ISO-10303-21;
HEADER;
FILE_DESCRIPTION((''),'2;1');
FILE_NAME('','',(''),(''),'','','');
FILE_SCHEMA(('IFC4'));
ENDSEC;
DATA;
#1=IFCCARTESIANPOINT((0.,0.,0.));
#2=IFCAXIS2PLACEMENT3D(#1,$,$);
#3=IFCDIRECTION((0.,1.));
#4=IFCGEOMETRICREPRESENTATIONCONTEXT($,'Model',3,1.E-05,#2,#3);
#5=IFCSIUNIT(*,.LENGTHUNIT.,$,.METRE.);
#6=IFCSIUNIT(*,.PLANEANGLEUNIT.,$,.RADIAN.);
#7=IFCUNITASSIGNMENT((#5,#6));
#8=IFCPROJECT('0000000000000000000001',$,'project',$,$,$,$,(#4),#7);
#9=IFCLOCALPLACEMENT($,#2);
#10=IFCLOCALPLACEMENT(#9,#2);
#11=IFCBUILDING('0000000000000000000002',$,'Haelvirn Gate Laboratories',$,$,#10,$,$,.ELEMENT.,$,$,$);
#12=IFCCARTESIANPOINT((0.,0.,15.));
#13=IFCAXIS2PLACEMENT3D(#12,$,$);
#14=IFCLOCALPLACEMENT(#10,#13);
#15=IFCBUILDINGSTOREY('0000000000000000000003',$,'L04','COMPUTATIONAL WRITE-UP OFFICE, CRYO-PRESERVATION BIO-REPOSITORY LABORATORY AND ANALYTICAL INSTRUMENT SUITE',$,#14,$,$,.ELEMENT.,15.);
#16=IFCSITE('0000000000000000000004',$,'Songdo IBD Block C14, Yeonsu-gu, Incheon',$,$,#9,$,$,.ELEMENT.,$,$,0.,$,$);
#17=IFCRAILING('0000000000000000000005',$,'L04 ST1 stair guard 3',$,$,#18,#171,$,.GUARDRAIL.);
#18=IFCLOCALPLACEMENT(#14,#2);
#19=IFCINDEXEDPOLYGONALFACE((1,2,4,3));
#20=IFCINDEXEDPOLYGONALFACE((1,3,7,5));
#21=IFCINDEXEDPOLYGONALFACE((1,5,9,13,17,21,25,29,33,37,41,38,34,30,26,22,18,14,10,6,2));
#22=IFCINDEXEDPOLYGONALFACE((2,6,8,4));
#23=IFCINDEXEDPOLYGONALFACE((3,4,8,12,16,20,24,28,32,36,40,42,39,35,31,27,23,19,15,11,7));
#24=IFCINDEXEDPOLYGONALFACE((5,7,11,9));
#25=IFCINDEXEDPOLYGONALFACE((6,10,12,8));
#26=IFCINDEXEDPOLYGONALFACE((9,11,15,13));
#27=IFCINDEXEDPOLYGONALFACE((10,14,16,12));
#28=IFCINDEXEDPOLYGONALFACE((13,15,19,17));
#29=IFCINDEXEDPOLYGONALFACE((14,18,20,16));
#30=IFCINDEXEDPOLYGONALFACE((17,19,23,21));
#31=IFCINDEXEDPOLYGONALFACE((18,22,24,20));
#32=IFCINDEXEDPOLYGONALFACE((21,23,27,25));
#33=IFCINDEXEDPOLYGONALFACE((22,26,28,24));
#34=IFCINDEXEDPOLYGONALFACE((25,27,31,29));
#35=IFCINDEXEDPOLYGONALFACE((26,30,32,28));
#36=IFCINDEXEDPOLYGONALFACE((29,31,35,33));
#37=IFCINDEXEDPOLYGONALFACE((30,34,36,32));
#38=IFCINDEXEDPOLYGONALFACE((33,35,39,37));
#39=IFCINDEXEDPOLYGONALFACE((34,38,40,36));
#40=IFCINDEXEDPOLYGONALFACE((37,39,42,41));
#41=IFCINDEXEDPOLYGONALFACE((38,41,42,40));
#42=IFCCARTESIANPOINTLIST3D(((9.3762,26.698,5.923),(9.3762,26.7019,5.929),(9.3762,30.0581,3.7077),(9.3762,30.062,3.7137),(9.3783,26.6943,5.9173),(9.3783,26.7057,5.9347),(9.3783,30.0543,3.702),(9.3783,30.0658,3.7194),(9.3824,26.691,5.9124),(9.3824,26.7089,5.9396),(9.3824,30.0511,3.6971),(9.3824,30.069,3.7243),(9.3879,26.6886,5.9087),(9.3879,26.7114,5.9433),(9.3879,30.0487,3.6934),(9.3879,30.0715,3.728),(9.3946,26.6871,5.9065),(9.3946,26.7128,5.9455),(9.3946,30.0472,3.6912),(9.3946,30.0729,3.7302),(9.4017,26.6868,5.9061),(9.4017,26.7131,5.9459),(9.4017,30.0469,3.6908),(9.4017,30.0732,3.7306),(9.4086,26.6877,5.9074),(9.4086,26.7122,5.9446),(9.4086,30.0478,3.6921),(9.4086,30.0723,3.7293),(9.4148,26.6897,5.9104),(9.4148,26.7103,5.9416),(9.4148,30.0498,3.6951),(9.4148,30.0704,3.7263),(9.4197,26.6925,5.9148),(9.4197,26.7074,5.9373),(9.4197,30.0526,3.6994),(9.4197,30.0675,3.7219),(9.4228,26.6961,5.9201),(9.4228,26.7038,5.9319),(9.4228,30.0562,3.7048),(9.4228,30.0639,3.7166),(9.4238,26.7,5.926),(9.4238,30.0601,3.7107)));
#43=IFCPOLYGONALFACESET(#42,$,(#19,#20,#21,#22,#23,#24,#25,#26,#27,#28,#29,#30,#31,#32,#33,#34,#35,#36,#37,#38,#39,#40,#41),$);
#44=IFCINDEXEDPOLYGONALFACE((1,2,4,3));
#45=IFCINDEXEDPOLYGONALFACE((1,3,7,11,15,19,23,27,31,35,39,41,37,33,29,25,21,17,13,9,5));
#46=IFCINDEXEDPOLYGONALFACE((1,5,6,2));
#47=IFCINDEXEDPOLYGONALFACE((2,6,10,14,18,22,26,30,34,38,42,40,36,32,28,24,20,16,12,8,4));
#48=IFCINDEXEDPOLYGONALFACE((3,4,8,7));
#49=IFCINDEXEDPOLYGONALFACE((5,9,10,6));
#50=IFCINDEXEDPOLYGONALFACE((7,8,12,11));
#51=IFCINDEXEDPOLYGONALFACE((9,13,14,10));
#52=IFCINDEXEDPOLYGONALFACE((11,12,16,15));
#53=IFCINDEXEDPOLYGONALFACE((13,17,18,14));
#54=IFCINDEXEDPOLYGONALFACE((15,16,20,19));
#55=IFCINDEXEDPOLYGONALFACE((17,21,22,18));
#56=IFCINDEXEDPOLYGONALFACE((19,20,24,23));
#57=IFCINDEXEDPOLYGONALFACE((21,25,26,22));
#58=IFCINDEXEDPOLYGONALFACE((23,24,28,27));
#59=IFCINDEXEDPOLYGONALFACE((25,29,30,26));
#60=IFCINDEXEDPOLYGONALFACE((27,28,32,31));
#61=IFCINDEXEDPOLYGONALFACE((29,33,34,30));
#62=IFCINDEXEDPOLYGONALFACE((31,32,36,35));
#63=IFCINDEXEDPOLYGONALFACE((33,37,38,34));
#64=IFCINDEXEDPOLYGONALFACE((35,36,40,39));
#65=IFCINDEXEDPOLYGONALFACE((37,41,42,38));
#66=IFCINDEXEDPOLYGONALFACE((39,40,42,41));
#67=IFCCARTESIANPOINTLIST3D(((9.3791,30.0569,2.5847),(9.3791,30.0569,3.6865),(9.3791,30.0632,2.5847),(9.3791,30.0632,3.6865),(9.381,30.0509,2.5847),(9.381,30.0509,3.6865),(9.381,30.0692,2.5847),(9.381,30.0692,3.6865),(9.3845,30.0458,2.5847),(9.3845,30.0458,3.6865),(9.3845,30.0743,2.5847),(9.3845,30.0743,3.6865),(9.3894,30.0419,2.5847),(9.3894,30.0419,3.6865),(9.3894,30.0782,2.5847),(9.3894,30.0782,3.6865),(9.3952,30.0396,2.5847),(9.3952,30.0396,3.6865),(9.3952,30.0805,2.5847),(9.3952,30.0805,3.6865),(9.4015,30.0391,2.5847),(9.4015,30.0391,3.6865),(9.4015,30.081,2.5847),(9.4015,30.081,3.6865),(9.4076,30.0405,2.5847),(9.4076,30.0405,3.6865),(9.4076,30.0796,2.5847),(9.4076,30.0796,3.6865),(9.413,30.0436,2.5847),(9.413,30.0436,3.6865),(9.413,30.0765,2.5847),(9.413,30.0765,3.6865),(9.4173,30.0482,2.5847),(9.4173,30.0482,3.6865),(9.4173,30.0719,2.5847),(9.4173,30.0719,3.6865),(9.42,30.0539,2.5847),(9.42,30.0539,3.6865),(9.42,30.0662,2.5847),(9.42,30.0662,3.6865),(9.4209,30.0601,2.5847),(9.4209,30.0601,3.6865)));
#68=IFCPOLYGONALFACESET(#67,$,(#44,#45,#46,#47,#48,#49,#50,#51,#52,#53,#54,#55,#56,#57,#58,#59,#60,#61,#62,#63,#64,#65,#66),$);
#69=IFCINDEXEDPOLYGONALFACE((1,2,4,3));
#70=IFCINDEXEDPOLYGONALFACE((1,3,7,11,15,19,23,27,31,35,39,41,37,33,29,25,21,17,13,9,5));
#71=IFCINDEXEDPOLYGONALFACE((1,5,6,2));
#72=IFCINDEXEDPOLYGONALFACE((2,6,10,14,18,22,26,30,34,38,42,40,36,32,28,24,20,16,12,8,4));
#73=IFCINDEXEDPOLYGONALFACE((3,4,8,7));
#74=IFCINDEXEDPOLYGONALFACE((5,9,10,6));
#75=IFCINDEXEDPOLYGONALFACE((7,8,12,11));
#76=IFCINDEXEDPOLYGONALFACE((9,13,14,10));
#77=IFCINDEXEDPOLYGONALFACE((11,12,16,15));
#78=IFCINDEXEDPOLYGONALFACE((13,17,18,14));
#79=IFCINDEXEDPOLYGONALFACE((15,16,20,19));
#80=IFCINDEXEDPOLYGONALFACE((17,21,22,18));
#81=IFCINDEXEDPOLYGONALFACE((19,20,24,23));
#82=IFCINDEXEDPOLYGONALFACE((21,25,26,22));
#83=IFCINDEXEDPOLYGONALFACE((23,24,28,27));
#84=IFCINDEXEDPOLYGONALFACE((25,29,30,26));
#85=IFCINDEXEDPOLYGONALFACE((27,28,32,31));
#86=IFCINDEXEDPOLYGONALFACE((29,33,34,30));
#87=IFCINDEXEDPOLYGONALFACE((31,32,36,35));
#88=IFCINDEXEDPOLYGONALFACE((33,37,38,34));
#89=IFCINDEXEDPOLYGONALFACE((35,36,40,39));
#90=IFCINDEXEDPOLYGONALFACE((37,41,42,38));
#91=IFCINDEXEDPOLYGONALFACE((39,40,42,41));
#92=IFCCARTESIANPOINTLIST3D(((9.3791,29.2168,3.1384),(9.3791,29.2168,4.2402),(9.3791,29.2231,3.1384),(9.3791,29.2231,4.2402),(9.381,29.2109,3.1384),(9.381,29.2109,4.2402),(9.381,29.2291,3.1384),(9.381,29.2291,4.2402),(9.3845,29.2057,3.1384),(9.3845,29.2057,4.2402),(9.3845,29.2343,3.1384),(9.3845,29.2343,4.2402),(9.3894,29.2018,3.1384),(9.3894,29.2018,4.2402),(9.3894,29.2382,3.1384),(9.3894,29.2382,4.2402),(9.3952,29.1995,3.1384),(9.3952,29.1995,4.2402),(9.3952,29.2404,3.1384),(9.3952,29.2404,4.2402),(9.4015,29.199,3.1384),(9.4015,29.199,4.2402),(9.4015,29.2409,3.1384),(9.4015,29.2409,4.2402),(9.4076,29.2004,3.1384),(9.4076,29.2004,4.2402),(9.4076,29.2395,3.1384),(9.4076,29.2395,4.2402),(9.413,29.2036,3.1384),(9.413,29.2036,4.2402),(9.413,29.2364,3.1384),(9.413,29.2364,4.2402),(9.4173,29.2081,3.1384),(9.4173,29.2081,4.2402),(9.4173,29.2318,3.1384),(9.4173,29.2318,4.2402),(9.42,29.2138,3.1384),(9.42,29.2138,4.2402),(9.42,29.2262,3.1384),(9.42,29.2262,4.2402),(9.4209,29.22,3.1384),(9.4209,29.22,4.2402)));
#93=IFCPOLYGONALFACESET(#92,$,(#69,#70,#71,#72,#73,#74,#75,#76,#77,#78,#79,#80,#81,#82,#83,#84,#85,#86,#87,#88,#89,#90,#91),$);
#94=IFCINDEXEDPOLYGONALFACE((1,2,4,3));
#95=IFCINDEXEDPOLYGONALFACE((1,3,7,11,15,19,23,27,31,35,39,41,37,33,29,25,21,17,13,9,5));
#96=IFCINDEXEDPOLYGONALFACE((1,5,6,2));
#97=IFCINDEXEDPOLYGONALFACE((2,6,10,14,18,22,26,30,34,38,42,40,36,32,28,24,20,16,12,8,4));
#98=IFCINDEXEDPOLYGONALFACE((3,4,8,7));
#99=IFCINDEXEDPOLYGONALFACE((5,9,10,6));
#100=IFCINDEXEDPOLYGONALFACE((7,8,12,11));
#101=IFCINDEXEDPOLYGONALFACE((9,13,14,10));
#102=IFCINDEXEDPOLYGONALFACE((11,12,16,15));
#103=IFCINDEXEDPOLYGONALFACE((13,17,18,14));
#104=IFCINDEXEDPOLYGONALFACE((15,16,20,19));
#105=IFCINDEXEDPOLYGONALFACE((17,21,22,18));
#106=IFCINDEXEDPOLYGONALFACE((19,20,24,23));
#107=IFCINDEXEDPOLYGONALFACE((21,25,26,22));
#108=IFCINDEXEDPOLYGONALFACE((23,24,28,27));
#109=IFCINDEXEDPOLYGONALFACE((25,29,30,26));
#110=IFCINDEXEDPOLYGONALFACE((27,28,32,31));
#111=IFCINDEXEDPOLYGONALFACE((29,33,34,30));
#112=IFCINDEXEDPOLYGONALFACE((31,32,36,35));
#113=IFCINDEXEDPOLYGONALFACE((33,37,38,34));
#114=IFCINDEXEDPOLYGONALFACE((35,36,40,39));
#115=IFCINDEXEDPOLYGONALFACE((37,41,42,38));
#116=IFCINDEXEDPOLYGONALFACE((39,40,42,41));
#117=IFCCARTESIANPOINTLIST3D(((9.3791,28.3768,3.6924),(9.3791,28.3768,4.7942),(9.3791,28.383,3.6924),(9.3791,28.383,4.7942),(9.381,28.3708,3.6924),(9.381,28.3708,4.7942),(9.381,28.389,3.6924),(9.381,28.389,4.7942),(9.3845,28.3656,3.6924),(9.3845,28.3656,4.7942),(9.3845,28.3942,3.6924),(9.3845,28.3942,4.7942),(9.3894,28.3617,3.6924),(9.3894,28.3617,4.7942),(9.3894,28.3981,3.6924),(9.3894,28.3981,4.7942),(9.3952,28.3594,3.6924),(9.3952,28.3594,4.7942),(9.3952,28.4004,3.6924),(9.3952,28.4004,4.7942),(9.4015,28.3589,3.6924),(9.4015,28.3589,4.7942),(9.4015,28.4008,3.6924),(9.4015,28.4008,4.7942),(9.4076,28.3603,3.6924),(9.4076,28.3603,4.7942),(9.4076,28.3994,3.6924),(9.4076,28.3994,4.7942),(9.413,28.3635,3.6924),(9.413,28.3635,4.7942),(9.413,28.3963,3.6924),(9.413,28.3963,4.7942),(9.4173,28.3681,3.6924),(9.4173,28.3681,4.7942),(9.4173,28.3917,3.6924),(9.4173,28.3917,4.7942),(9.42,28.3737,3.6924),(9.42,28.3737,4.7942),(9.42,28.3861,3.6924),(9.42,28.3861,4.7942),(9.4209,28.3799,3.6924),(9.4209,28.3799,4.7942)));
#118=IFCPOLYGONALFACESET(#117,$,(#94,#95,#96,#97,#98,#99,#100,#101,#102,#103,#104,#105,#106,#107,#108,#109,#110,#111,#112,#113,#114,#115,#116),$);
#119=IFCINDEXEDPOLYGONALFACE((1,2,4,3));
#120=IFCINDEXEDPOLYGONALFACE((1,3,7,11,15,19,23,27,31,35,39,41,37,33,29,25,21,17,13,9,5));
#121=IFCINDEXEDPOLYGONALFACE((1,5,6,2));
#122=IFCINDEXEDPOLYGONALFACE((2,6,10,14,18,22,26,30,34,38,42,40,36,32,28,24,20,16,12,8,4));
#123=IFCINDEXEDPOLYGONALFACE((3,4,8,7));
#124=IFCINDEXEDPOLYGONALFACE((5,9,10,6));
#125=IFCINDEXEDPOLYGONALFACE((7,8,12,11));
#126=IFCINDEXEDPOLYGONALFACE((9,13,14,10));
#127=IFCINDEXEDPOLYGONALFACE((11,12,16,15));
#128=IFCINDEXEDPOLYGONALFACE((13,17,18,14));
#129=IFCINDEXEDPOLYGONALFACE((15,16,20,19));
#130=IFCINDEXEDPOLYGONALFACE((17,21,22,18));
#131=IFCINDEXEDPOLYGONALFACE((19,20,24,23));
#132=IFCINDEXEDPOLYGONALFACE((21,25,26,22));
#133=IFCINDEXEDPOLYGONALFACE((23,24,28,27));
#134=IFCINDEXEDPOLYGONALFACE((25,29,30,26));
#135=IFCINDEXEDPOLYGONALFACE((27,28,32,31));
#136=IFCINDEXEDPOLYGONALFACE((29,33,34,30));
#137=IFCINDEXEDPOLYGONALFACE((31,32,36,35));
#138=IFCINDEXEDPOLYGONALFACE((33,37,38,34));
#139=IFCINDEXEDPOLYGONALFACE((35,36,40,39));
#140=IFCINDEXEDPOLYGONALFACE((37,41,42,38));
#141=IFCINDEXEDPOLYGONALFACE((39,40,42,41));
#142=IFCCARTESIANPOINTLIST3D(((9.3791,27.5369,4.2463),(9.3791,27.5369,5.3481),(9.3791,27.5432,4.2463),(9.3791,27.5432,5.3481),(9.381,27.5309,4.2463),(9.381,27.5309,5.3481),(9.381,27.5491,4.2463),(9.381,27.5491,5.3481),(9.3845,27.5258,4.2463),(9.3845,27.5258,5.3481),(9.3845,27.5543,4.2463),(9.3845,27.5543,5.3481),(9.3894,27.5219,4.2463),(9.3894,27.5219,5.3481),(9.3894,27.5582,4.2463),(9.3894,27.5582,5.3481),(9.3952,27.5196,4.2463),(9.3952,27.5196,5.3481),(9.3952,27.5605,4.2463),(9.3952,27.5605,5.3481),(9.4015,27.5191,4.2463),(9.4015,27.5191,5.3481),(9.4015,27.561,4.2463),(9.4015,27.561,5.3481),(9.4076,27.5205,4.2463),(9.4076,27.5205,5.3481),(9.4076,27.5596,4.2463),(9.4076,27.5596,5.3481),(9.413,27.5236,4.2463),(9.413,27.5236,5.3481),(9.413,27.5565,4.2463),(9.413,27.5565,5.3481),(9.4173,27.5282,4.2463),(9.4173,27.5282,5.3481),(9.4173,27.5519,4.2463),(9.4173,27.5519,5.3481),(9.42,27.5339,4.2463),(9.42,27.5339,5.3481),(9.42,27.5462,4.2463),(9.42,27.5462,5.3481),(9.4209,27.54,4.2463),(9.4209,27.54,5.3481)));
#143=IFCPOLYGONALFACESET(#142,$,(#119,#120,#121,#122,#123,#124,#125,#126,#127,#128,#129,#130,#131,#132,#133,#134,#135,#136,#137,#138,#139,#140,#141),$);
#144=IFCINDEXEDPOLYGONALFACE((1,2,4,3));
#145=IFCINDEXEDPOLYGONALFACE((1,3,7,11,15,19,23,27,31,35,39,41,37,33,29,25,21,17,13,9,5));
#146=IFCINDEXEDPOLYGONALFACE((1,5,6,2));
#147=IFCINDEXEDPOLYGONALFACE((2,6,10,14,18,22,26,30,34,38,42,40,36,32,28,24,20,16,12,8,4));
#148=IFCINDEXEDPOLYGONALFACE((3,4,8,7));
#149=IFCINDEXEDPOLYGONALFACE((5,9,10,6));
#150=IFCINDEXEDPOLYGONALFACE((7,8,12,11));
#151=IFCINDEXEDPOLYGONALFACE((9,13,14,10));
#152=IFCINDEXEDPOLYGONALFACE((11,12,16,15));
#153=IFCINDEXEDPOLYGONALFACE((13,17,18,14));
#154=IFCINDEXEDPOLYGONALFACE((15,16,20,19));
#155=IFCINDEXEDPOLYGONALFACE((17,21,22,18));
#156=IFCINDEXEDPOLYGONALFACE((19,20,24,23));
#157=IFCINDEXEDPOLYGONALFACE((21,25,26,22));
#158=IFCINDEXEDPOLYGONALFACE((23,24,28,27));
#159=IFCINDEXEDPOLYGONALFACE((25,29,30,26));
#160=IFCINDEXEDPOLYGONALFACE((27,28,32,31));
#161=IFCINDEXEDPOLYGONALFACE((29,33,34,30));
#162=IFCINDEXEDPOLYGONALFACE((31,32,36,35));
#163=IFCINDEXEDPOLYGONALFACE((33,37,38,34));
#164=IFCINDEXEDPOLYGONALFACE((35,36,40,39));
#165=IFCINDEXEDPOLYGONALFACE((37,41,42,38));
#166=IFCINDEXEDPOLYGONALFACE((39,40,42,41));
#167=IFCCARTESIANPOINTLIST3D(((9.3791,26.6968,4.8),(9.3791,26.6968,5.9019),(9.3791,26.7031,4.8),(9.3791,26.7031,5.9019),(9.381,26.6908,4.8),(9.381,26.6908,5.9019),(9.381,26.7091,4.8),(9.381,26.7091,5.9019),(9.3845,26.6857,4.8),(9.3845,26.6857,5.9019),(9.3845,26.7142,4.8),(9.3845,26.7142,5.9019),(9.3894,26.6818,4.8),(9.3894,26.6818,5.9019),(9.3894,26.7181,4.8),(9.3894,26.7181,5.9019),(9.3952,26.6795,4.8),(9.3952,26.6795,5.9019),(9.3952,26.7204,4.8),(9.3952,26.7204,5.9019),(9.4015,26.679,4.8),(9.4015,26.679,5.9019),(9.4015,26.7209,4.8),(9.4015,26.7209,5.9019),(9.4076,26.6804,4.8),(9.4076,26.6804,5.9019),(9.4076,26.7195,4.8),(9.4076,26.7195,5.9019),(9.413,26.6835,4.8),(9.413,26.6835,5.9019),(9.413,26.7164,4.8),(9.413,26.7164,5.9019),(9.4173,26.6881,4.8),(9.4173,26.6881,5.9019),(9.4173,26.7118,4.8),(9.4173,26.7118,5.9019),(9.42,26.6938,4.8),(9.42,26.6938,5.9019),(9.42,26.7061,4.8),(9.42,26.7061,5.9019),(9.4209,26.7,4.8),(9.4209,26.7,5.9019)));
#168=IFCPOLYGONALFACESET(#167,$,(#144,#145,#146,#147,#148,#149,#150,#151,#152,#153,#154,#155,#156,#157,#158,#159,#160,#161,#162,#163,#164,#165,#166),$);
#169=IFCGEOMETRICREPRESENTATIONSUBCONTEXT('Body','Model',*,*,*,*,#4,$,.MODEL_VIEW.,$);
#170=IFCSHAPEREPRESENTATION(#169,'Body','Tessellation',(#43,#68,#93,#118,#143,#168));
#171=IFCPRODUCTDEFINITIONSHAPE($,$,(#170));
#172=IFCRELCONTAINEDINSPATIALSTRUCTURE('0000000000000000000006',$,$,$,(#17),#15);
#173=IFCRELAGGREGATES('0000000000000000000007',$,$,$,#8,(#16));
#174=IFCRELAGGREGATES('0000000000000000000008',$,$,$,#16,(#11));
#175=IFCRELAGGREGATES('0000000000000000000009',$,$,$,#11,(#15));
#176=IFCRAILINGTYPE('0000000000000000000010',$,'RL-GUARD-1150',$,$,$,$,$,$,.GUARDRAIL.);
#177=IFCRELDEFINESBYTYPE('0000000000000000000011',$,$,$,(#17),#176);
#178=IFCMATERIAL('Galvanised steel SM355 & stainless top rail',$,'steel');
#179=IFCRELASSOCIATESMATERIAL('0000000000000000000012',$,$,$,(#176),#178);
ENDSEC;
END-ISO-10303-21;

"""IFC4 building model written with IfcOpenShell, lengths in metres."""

from ifc_helpers import new_model, si_unit, direction, frame, origin, origin_2d, place, context, subcontext, project, spatial, circle, extrude, source, transform, mapped, material, type_object, element, save


model = new_model("IFC4")

# Units and contexts
model_context = context("Model", 3, precision=1e-05, world=origin(), true_north=direction((0.0, 1.0)))
body_context = subcontext(model_context, "Body", "Model", "MODEL_VIEW")
ifc_project = project(units=[si_unit("LENGTHUNIT", "METRE"), si_unit("PLANEANGLEUNIT", "RADIAN")], contexts=[model_context])

# Site, building, storey
site_placement = place(None, origin())
site = spatial("IfcSite", under=ifc_project, at=site_placement, Name="Songdo IBD Block C14, Yeonsu-gu, Incheon", CompositionType="ELEMENT", RefElevation=0.0)
building_placement = place(site_placement, origin())
building = spatial("IfcBuilding", under=site, at=building_placement, Name="Haelvirn Gate Laboratories", CompositionType="ELEMENT")
storey_placement = place(building_placement, frame((0.0, 0.0, 15.0)))
storey = spatial("IfcBuildingStorey", under=building, at=storey_placement, Name="L04", Description="COMPUTATIONAL WRITE-UP OFFICE, CRYO-PRESERVATION BIO-REPOSITORY LABORATORY AND ANALYTICAL INSTRUMENT SUITE", CompositionType="ELEMENT", Elevation=15.0)

# Railing
ifc_material_1 = material(Name="Galvanised steel SM355 & stainless top rail", Category="steel")
railing_type_1 = type_object("IfcRailingType", Name="RL-GUARD-1150", PredefinedType="GUARDRAIL", material=ifc_material_1)
shared_shape_1 = source(origin(), body_context, "Body", "SweptSolid", [
    extrude(circle(Radius=0.0239, at=origin_2d()), frame((0.0, 0.0, 1.126), z_axis=(0.0, -0.834876, 0.550437), x_axis=(1.0, 0.0, 0.0)), (0.0, 0.0, 1.0), 4.0247),
    extrude(circle(Radius=0.021, at=origin_2d()), origin(), (0.0, 0.0, 1.0), 1.1018),
    extrude(circle(Radius=0.021, at=origin_2d()), frame((0.0, -0.8401, 0.5537)), (0.0, 0.0, 1.0), 1.1018),
    extrude(circle(Radius=0.021, at=origin_2d()), frame((0.0, -1.6802, 1.1077)), (0.0, 0.0, 1.0), 1.1018),
    extrude(circle(Radius=0.021, at=origin_2d()), frame((0.0, -2.52, 1.6616)), (0.0, 0.0, 1.0), 1.1018),
    extrude(circle(Radius=0.021, at=origin_2d()), frame((0.0, -3.3601, 2.2153)), (0.0, 0.0, 1.0), 1.1018),
])
railing_1_placement = place(storey_placement, frame((9.3999, 30.0601, 2.5847)))
element("IfcRailing", 1, at=railing_1_placement, inside=storey, type_object=railing_type_1, Name="L04 ST1 stair guard 3", PredefinedType="GUARDRAIL", context=body_context, shape_type="MappedRepresentation", body=[
    mapped(shared_shape_1, transform((0.0, 0.0, 0.0), scale=1.0)),
])

save(model, "model.ifc")
